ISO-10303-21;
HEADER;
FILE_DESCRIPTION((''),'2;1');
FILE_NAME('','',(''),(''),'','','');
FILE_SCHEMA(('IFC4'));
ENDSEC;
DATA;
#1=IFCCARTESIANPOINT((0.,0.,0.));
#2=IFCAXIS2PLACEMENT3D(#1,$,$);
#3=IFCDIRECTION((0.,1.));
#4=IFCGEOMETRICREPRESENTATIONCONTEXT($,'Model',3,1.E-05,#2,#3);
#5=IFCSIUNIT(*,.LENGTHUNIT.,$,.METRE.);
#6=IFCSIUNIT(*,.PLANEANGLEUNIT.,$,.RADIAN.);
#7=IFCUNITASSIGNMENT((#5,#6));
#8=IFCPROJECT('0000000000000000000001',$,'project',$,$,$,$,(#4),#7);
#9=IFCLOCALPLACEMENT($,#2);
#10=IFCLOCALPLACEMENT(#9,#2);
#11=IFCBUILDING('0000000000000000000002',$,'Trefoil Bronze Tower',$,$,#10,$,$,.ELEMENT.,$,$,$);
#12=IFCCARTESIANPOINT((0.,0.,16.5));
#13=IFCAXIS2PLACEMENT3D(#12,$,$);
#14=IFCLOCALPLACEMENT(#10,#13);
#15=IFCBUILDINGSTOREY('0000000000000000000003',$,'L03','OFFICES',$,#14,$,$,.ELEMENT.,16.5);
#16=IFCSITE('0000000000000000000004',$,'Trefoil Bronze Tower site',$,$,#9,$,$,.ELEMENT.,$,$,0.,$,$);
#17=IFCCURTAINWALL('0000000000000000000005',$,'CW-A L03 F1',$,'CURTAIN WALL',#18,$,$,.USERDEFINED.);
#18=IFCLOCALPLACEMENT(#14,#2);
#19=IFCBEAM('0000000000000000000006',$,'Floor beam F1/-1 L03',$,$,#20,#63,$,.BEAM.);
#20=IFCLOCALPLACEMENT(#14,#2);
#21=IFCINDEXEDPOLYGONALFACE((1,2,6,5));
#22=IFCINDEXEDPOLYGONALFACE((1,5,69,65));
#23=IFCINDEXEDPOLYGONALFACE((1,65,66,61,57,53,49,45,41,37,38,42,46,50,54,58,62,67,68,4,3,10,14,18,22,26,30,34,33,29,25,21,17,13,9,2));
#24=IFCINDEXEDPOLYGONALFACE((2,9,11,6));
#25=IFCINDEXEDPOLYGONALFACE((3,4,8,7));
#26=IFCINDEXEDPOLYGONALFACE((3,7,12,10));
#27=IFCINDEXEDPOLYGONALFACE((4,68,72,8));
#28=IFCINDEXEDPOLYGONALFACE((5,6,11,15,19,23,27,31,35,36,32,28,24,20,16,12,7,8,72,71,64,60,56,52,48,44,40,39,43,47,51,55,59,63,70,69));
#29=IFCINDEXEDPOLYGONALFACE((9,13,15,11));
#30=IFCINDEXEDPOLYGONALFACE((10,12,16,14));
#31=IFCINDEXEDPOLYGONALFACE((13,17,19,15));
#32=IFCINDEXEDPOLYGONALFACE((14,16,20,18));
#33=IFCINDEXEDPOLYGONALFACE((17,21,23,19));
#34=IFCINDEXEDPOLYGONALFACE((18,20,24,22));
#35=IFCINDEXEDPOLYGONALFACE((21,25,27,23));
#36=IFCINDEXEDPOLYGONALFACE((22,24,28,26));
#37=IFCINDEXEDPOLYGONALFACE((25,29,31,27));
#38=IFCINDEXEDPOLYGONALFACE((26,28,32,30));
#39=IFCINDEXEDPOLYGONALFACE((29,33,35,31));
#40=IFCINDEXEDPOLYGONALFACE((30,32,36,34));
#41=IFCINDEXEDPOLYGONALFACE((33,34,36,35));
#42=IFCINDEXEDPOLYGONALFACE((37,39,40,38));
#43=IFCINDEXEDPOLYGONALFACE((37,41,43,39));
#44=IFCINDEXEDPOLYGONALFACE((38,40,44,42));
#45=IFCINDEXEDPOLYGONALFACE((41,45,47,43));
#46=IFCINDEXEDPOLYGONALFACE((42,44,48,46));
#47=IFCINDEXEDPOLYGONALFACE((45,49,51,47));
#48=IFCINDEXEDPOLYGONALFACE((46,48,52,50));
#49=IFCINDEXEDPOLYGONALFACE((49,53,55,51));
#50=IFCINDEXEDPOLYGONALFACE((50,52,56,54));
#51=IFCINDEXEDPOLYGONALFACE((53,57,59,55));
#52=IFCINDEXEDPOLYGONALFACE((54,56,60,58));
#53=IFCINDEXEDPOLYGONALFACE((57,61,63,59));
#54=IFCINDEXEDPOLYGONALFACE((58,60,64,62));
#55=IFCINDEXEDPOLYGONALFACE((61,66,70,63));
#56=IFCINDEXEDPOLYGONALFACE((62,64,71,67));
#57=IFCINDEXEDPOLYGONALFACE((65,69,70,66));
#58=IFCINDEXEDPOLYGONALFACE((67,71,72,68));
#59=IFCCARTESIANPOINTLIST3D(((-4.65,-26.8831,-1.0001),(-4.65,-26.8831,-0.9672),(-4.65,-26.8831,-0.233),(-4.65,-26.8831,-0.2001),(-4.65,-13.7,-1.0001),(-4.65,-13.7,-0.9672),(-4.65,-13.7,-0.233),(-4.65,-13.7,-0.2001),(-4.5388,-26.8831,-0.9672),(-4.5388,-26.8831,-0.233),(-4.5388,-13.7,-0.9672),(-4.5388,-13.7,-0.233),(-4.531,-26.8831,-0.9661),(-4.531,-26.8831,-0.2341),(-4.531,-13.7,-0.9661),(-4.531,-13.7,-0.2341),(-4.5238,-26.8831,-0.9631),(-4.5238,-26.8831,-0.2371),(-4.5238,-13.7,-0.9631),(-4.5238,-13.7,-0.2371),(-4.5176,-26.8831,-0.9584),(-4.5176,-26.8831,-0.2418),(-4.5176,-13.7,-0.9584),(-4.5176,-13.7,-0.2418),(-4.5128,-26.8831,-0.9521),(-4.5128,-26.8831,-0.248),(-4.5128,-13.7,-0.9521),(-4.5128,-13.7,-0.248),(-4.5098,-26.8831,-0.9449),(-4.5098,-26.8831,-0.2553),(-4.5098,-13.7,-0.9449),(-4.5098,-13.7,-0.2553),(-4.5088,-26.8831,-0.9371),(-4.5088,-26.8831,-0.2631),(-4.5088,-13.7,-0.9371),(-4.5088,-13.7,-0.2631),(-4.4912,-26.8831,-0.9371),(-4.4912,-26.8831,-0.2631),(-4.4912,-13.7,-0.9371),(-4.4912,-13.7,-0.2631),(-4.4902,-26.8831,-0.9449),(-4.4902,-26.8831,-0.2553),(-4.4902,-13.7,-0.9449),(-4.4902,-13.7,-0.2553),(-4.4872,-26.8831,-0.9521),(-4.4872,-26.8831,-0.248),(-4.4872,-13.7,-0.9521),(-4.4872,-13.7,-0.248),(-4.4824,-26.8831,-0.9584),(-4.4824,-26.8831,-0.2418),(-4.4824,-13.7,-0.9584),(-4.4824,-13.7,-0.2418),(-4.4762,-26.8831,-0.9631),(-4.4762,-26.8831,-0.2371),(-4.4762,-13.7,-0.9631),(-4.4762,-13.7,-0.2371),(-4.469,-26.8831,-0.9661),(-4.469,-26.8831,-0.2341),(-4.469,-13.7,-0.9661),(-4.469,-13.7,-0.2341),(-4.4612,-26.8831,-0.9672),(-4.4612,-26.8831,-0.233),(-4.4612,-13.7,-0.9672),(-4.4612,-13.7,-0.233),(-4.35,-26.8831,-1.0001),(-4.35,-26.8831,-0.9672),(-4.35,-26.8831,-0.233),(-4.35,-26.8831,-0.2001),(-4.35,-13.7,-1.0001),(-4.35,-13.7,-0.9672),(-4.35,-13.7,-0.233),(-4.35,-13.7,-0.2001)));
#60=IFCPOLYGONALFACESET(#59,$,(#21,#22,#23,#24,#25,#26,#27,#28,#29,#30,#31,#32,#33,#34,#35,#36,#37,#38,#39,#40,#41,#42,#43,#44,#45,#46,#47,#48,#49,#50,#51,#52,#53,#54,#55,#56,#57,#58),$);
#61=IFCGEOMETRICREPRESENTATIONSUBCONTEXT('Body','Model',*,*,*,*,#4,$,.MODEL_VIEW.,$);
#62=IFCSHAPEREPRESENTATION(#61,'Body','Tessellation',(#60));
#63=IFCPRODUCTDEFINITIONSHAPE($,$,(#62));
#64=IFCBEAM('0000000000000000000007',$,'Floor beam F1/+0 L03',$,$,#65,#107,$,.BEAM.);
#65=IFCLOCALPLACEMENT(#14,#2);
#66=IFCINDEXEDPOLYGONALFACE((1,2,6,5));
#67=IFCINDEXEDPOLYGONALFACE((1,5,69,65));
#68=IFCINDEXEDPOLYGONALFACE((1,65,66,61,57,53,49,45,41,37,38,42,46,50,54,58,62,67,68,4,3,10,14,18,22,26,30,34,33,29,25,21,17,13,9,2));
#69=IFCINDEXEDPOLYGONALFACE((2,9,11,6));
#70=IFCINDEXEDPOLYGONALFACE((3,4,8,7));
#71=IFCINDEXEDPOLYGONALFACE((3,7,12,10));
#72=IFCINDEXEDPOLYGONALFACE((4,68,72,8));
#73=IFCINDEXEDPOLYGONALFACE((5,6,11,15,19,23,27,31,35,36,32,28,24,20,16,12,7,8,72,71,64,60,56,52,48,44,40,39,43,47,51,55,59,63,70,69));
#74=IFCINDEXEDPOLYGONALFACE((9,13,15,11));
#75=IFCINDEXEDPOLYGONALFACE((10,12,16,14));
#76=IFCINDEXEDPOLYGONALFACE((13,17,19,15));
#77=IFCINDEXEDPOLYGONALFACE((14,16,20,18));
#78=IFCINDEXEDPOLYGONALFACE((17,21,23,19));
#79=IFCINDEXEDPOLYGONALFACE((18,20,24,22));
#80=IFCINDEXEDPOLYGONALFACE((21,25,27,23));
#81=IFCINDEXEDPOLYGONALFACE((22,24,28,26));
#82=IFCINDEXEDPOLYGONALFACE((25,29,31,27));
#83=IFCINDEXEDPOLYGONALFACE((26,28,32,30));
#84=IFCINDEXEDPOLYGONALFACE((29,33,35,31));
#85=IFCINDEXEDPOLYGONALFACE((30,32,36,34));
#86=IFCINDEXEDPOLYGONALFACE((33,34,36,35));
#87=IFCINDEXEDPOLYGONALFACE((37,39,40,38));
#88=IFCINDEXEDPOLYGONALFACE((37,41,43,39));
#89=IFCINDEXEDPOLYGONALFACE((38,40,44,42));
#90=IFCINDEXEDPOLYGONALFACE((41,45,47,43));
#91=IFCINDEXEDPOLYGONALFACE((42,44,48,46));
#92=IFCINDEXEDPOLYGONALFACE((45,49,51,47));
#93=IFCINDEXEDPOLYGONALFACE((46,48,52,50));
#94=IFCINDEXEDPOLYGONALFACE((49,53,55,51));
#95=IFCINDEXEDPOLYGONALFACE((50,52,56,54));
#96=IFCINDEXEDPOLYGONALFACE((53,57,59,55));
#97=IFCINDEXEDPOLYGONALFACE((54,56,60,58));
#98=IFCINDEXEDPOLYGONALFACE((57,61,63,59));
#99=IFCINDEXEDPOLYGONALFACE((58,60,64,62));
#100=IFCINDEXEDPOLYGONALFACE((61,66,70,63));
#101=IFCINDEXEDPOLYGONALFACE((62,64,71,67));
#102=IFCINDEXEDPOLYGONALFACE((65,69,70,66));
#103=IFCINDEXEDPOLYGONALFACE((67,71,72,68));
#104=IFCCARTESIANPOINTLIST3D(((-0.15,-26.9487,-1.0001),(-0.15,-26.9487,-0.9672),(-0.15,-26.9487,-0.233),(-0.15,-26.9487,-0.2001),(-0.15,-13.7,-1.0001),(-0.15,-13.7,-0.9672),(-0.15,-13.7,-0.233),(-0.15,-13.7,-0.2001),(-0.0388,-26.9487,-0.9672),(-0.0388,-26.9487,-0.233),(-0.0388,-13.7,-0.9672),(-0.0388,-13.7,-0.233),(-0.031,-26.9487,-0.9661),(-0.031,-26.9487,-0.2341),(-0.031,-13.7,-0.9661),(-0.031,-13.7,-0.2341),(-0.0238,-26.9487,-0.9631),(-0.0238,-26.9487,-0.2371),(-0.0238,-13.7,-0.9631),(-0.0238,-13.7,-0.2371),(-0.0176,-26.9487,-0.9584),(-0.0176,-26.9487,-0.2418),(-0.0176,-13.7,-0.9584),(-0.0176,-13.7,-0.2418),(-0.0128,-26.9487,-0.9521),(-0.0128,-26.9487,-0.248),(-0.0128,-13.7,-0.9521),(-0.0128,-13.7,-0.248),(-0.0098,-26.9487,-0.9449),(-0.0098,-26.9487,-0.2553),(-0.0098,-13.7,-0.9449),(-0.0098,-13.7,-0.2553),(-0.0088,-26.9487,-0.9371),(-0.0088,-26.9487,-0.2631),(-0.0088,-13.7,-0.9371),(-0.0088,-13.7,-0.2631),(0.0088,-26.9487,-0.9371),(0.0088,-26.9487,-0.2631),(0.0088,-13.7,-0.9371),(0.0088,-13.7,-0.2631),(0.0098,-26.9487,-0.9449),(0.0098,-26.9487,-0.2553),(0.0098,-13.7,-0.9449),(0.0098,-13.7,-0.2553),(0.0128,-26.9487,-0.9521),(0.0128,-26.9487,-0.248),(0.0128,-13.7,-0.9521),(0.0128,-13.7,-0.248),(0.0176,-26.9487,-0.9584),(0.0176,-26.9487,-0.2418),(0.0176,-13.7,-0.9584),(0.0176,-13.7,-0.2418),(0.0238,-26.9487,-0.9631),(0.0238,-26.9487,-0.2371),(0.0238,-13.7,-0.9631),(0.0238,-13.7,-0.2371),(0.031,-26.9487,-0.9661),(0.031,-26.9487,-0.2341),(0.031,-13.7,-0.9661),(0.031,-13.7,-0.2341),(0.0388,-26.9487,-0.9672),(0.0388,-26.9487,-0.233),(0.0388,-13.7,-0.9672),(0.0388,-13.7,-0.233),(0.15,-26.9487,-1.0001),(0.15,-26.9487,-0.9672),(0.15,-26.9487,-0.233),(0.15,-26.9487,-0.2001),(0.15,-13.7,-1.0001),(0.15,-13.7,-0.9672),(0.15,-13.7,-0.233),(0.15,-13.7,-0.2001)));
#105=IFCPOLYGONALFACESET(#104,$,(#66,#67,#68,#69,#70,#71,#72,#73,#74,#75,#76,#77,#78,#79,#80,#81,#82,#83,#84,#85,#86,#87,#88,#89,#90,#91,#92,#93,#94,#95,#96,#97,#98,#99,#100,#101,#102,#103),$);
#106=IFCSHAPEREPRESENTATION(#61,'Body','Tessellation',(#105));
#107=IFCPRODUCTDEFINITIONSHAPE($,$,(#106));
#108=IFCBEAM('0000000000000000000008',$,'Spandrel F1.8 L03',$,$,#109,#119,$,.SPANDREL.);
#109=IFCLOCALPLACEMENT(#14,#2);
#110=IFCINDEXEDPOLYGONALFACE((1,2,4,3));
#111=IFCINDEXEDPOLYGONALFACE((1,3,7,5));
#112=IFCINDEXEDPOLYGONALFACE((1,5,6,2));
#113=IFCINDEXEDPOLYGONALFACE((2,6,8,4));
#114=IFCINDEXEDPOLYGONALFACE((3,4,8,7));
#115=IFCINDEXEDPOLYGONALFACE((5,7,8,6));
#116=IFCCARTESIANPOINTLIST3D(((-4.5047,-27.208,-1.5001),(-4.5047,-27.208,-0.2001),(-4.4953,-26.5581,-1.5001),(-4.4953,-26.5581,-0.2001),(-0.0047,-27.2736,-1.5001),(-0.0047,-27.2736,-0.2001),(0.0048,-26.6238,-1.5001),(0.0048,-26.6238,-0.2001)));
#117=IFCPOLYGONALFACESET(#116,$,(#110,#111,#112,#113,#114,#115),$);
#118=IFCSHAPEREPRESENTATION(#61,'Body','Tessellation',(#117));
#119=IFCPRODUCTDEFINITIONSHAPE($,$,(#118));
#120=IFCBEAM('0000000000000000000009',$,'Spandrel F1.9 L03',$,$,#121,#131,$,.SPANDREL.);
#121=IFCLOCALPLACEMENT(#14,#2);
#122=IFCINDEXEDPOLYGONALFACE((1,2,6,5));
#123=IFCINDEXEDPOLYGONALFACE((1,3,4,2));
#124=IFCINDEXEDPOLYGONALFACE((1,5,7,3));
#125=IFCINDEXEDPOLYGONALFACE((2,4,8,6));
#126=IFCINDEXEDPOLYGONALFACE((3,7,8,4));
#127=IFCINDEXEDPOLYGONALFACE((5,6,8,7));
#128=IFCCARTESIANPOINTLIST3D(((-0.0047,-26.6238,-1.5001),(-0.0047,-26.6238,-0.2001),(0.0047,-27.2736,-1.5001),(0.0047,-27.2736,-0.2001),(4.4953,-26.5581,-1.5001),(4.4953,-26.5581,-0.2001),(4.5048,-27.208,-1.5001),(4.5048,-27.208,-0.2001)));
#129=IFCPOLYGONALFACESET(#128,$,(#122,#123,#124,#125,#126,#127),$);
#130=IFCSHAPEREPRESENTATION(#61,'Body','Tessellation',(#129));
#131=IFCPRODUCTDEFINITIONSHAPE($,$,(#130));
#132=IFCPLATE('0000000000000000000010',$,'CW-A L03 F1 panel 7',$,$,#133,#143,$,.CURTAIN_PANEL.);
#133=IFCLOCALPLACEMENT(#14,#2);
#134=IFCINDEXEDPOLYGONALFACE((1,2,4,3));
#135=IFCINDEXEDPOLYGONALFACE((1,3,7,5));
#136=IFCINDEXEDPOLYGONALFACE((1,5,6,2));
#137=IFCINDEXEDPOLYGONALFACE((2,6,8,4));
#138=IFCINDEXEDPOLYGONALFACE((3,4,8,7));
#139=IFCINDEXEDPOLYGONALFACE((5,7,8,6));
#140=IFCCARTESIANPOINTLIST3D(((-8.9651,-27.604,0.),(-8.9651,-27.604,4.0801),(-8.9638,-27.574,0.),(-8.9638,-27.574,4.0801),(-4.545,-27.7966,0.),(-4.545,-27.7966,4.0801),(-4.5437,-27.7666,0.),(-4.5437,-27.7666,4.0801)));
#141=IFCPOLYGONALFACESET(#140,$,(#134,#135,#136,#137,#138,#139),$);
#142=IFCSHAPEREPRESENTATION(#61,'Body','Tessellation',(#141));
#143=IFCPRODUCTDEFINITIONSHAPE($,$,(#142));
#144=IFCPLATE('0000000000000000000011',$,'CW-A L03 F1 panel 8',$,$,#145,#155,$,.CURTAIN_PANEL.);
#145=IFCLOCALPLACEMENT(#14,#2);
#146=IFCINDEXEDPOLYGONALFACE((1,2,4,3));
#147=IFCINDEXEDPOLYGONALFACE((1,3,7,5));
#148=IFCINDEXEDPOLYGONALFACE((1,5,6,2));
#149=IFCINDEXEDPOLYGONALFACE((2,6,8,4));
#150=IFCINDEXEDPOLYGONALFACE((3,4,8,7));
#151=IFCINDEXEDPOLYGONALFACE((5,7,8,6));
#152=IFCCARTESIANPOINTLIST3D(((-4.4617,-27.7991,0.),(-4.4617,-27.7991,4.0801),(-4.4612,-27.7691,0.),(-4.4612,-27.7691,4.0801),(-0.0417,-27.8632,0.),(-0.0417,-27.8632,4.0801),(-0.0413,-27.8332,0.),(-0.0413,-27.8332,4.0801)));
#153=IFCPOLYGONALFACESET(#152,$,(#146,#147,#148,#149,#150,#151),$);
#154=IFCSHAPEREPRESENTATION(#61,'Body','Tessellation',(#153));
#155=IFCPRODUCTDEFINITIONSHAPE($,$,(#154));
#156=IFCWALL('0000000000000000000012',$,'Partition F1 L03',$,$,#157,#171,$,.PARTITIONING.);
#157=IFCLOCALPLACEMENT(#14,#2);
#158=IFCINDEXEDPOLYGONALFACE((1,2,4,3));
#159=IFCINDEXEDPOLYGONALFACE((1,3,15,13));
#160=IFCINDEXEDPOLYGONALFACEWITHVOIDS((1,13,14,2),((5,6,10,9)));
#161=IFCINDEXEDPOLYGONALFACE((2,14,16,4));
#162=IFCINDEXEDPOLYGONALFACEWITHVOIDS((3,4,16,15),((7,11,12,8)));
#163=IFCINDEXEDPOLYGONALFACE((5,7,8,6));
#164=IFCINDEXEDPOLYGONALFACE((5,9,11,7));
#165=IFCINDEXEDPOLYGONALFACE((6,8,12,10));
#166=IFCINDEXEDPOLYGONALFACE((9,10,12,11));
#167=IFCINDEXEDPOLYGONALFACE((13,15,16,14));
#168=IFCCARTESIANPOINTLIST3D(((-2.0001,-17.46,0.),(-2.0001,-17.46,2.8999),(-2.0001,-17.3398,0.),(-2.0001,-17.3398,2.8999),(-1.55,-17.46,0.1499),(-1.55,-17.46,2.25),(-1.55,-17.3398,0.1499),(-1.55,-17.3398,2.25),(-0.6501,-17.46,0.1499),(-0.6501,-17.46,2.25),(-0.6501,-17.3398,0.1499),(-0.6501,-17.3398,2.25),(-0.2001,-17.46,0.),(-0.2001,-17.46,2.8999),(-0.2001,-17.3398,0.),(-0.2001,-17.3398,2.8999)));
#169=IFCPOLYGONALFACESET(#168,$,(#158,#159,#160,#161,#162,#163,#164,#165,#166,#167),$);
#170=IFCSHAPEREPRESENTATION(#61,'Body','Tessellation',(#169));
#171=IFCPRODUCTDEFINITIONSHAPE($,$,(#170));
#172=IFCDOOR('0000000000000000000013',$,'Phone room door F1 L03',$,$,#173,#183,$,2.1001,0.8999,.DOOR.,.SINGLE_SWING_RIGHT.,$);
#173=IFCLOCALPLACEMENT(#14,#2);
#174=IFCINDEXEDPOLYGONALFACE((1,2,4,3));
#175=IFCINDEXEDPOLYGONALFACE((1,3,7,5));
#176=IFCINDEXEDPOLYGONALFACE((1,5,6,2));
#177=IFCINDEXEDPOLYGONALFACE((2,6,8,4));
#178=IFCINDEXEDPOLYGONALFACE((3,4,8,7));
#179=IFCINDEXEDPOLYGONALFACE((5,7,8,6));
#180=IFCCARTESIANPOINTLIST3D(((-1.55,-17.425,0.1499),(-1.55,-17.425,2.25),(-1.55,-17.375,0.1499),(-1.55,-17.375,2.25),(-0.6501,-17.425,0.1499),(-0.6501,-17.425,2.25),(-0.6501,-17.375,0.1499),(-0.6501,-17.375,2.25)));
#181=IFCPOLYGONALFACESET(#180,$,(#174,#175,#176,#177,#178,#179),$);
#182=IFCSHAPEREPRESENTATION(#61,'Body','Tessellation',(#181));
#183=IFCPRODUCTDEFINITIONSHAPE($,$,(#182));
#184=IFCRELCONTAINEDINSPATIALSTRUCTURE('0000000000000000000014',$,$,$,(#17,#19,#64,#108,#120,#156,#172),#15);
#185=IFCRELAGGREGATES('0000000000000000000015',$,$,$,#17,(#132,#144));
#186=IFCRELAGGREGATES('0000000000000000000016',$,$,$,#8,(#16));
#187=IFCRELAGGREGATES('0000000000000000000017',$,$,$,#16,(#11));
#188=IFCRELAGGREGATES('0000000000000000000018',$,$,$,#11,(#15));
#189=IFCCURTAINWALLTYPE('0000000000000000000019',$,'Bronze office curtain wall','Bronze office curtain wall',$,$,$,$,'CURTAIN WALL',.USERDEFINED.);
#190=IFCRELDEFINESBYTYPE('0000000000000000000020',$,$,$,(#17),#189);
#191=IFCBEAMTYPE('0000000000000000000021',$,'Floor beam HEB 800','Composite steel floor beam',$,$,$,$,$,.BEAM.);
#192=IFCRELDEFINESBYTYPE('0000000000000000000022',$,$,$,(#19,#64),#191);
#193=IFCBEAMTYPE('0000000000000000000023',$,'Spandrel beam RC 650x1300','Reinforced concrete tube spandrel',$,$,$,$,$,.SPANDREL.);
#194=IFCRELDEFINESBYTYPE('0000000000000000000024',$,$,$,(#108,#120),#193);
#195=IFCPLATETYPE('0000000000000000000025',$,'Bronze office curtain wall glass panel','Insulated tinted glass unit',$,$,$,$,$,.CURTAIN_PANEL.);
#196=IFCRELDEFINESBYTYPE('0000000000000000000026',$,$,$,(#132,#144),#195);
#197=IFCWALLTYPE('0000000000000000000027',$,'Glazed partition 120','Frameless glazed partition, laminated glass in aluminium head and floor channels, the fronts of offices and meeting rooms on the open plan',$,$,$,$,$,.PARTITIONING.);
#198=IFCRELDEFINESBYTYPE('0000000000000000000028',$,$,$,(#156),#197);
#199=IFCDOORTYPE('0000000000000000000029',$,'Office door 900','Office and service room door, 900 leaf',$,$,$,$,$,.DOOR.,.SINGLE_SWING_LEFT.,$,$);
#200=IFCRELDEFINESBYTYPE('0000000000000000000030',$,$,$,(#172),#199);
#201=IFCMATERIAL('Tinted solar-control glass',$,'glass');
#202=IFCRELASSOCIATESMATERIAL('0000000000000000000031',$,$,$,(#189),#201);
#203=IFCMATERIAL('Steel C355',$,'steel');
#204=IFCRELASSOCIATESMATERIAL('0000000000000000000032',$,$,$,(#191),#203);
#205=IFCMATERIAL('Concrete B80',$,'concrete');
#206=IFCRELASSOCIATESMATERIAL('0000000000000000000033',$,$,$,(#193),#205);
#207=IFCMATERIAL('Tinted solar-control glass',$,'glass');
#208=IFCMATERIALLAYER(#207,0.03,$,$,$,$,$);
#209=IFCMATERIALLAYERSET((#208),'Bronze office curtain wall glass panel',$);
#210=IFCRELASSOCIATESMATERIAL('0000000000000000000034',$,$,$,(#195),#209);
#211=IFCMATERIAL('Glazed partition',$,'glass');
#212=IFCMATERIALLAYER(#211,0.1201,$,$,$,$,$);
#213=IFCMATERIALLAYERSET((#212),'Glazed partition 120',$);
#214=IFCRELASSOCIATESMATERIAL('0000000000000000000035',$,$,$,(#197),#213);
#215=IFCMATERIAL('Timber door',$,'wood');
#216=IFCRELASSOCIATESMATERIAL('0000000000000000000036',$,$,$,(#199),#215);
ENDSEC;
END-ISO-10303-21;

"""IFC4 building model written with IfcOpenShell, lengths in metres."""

from ifc_helpers import new_model, si_unit, direction, frame, frame_2d, origin, origin_2d, place, context, subcontext, project, spatial, rectangle, i_section, extrude, material, layer, layer_set, material_profile, profile_set, type_object, element, fill, aggregate, save


model = new_model("IFC4")

# Units and contexts
model_context = context("Model", 3, precision=1e-05, world=origin(), true_north=direction((0.0, 1.0)))
body_context = subcontext(model_context, "Body", "Model", "MODEL_VIEW")
ifc_project = project(units=[si_unit("LENGTHUNIT", "METRE"), si_unit("PLANEANGLEUNIT", "RADIAN")], contexts=[model_context])

# Site, building, storey
site_placement = place(None, origin())
site = spatial("IfcSite", under=ifc_project, at=site_placement, Name="Trefoil Bronze Tower site", CompositionType="ELEMENT", RefElevation=0.0)
building_placement = place(site_placement, origin())
building = spatial("IfcBuilding", under=site, at=building_placement, Name="Trefoil Bronze Tower", CompositionType="ELEMENT")
storey_placement = place(building_placement, frame((0.0, 0.0, 16.5)))
storey = spatial("IfcBuildingStorey", under=building, at=storey_placement, Name="L03", Description="OFFICES", CompositionType="ELEMENT", Elevation=16.5)

# Curtain wall
ifc_material_1 = material(Name="Tinted solar-control glass", Category="glass")
curtain_wall_type = type_object("IfcCurtainWallType", Name="Bronze office curtain wall", Description="Bronze office curtain wall", ElementType="CURTAIN WALL", PredefinedType="USERDEFINED", material=ifc_material_1)
curtain_wall_placement = place(storey_placement, origin())
curtain_wall = element("IfcCurtainWall", 1, at=curtain_wall_placement, inside=storey, type_object=curtain_wall_type, Name="CW-A L03 F1", ObjectType="CURTAIN WALL", PredefinedType="USERDEFINED")

# Beams
ifc_material_2 = material(Name="Steel C355", Category="steel")
ifc_material_profile_1 = material_profile(ifc_material_2, i_section(OverallWidth=0.3, OverallDepth=0.8, WebThickness=0.0176, FlangeThickness=0.033, FilletRadius=0.03, at=origin_2d()), Name="HEB 800")
ifc_profile_set_1 = profile_set([ifc_material_profile_1], Name="Steel C355")
beam_type_1 = type_object("IfcBeamType", Name="Floor beam HEB 800", Description="Composite steel floor beam", PredefinedType="BEAM", material=ifc_profile_set_1)
beam_1_placement = place(storey_placement, frame((-4.5, -26.8831, -0.6001), z_axis=(0.0, 1.0, 0.0), x_axis=(-1.0, 0.0, 0.0)))
element("IfcBeam", 2, at=beam_1_placement, inside=storey, type_object=beam_type_1, Name="Floor beam F1/-1 L03", PredefinedType="BEAM", context=body_context, shape_type="SweptSolid", body=[
    extrude(i_section(OverallWidth=0.3, OverallDepth=0.8, WebThickness=0.0176, FlangeThickness=0.033, FilletRadius=0.03, at=origin_2d()), origin(), (0.0, 0.0, 1.0), 13.1831),
])
beam_2_placement = place(storey_placement, frame((0.0, -26.9487, -0.6001), z_axis=(0.0, 1.0, 0.0), x_axis=(-1.0, 0.0, 0.0)))
element("IfcBeam", 3, at=beam_2_placement, inside=storey, type_object=beam_type_1, Name="Floor beam F1/+0 L03", PredefinedType="BEAM", context=body_context, shape_type="SweptSolid", body=[
    extrude(i_section(OverallWidth=0.3, OverallDepth=0.8, WebThickness=0.0176, FlangeThickness=0.033, FilletRadius=0.03, at=origin_2d()), origin(), (0.0, 0.0, 1.0), 13.2488),
])
ifc_material_3 = material(Name="Concrete B80", Category="concrete")
ifc_material_profile_2 = material_profile(ifc_material_3, rectangle(XDim=0.6499, YDim=1.3, at=origin_2d()), Name="RC 650x1300")
ifc_profile_set_2 = profile_set([ifc_material_profile_2], Name="Concrete B80")
beam_type_2 = type_object("IfcBeamType", Name="Spandrel beam RC 650x1300", Description="Reinforced concrete tube spandrel", PredefinedType="SPANDREL", material=ifc_profile_set_2)
for number, where, z_axis, x_axis, name in (
    (4, (-4.5, -26.8831, -0.8501), (0.999894, -0.014593, 0.0), (0.014593, 0.999894, 0.0), "Spandrel F1.8 L03"),
    (5, (0.0, -26.9487, -0.8501), (0.999894, 0.014593, 0.0), (-0.014593, 0.999894, 0.0), "Spandrel F1.9 L03"),
):
    element("IfcBeam", number, at=place(storey_placement, frame(where, z_axis=z_axis, x_axis=x_axis)), inside=storey, type_object=beam_type_2, Name=name, PredefinedType="SPANDREL", context=body_context, shape_type="SweptSolid", body=[
        extrude(rectangle(XDim=0.6499, YDim=1.3, at=origin_2d()), origin(), (0.0, 0.0, 1.0), 4.5005),
    ])

# Plates
ifc_material_4 = material(Name="Tinted solar-control glass", Category="glass")
ifc_layer_1 = layer(ifc_material_4, 0.03)
ifc_layer_set_1 = layer_set([ifc_layer_1], Name="Bronze office curtain wall glass panel")
plate_type = type_object("IfcPlateType", Name="Bronze office curtain wall glass panel", Description="Insulated tinted glass unit", PredefinedType="CURTAIN_PANEL", material=ifc_layer_set_1)
plate_1_placement = place(storey_placement, frame((-6.7544, -27.6853, 0.0), z_axis=(0.0, 0.0, 1.0), x_axis=(0.999052, -0.043528, 0.0)))
plate_1 = element("IfcPlate", 6, at=plate_1_placement, type_object=plate_type, Name="CW-A L03 F1 panel 7", PredefinedType="CURTAIN_PANEL", context=body_context, shape_type="SweptSolid", body=[
    extrude(rectangle(XDim=4.4243, YDim=0.03, at=origin_2d()), origin(), (0.0, 0.0, 1.0), 4.0801),
])
plate_2_placement = place(storey_placement, frame((-2.2515, -27.8162, 0.0), z_axis=(0.0, 0.0, 1.0), x_axis=(0.999895, -0.014509, 0.0)))
plate_2 = element("IfcPlate", 7, at=plate_2_placement, type_object=plate_type, Name="CW-A L03 F1 panel 8", PredefinedType="CURTAIN_PANEL", context=body_context, shape_type="SweptSolid", body=[
    extrude(rectangle(XDim=4.4204, YDim=0.03, at=origin_2d()), origin(), (0.0, 0.0, 1.0), 4.0801),
])
aggregate(curtain_wall, [plate_1, plate_2])

# Wall, opening, door
ifc_material_5 = material(Name="Glazed partition", Category="glass")
ifc_layer_2 = layer(ifc_material_5, 0.1201)
ifc_layer_set_2 = layer_set([ifc_layer_2], Name="Glazed partition 120")
wall_type = type_object("IfcWallType", Name="Glazed partition 120", Description="Frameless glazed partition, laminated glass in aluminium head and floor channels, the fronts of offices and meeting rooms on the open plan", PredefinedType="PARTITIONING", material=ifc_layer_set_2)
wall_1_placement = place(storey_placement, frame((-2.0, -17.3999, 0.0), z_axis=(0.0, 0.0, 1.0), x_axis=(1.0, 0.0, 0.0)))
wall_1 = element("IfcWall", 8, at=wall_1_placement, inside=storey, type_object=wall_type, Name="Partition F1 L03", PredefinedType="PARTITIONING", context=body_context, shape_type="SweptSolid", body=[
    extrude(rectangle(XDim=1.8, YDim=0.1201, at=frame_2d((0.8999, 0.0))), origin(), (0.0, 0.0, 1.0), 2.8999),
])
opening_1_placement = place(wall_1_placement, frame((0.45, 0.0, 0.1499)))
opening_1 = element("IfcOpeningElement", 9, at=opening_1_placement, cuts=wall_1, PredefinedType="OPENING", context=body_context, shape_type="SweptSolid", body=[
    extrude(rectangle(XDim=0.8999, YDim=2.1001, at=frame_2d((0.45, 1.05))), frame((0.0, 0.0701, 0.0), z_axis=(0.0, -1.0, 0.0), x_axis=(1.0, 0.0, 0.0)), (0.0, 0.0, 1.0), 0.1401),
])
ifc_material_6 = material(Name="Timber door", Category="wood")
door_type_1 = type_object("IfcDoorType", Name="Office door 900", Description="Office and service room door, 900 leaf", OperationType="SINGLE_SWING_LEFT", PredefinedType="DOOR", material=ifc_material_6)
door_1_placement = place(opening_1_placement, origin())
door_1 = element("IfcDoor", 10, at=door_1_placement, inside=storey, type_object=door_type_1, Name="Phone room door F1 L03", OperationType="SINGLE_SWING_RIGHT", OverallHeight=2.1001, OverallWidth=0.8999, PredefinedType="DOOR", context=body_context, shape_type="SweptSolid", body=[
    extrude(rectangle(XDim=0.8999, YDim=2.1001, at=frame_2d((0.45, 1.05))), frame((0.0, 0.0249, 0.0), z_axis=(0.0, -1.0, 0.0), x_axis=(1.0, 0.0, 0.0)), (0.0, 0.0, 1.0), 0.05),
])
fill(opening_1, door_1)

save(model, "model.ifc")
